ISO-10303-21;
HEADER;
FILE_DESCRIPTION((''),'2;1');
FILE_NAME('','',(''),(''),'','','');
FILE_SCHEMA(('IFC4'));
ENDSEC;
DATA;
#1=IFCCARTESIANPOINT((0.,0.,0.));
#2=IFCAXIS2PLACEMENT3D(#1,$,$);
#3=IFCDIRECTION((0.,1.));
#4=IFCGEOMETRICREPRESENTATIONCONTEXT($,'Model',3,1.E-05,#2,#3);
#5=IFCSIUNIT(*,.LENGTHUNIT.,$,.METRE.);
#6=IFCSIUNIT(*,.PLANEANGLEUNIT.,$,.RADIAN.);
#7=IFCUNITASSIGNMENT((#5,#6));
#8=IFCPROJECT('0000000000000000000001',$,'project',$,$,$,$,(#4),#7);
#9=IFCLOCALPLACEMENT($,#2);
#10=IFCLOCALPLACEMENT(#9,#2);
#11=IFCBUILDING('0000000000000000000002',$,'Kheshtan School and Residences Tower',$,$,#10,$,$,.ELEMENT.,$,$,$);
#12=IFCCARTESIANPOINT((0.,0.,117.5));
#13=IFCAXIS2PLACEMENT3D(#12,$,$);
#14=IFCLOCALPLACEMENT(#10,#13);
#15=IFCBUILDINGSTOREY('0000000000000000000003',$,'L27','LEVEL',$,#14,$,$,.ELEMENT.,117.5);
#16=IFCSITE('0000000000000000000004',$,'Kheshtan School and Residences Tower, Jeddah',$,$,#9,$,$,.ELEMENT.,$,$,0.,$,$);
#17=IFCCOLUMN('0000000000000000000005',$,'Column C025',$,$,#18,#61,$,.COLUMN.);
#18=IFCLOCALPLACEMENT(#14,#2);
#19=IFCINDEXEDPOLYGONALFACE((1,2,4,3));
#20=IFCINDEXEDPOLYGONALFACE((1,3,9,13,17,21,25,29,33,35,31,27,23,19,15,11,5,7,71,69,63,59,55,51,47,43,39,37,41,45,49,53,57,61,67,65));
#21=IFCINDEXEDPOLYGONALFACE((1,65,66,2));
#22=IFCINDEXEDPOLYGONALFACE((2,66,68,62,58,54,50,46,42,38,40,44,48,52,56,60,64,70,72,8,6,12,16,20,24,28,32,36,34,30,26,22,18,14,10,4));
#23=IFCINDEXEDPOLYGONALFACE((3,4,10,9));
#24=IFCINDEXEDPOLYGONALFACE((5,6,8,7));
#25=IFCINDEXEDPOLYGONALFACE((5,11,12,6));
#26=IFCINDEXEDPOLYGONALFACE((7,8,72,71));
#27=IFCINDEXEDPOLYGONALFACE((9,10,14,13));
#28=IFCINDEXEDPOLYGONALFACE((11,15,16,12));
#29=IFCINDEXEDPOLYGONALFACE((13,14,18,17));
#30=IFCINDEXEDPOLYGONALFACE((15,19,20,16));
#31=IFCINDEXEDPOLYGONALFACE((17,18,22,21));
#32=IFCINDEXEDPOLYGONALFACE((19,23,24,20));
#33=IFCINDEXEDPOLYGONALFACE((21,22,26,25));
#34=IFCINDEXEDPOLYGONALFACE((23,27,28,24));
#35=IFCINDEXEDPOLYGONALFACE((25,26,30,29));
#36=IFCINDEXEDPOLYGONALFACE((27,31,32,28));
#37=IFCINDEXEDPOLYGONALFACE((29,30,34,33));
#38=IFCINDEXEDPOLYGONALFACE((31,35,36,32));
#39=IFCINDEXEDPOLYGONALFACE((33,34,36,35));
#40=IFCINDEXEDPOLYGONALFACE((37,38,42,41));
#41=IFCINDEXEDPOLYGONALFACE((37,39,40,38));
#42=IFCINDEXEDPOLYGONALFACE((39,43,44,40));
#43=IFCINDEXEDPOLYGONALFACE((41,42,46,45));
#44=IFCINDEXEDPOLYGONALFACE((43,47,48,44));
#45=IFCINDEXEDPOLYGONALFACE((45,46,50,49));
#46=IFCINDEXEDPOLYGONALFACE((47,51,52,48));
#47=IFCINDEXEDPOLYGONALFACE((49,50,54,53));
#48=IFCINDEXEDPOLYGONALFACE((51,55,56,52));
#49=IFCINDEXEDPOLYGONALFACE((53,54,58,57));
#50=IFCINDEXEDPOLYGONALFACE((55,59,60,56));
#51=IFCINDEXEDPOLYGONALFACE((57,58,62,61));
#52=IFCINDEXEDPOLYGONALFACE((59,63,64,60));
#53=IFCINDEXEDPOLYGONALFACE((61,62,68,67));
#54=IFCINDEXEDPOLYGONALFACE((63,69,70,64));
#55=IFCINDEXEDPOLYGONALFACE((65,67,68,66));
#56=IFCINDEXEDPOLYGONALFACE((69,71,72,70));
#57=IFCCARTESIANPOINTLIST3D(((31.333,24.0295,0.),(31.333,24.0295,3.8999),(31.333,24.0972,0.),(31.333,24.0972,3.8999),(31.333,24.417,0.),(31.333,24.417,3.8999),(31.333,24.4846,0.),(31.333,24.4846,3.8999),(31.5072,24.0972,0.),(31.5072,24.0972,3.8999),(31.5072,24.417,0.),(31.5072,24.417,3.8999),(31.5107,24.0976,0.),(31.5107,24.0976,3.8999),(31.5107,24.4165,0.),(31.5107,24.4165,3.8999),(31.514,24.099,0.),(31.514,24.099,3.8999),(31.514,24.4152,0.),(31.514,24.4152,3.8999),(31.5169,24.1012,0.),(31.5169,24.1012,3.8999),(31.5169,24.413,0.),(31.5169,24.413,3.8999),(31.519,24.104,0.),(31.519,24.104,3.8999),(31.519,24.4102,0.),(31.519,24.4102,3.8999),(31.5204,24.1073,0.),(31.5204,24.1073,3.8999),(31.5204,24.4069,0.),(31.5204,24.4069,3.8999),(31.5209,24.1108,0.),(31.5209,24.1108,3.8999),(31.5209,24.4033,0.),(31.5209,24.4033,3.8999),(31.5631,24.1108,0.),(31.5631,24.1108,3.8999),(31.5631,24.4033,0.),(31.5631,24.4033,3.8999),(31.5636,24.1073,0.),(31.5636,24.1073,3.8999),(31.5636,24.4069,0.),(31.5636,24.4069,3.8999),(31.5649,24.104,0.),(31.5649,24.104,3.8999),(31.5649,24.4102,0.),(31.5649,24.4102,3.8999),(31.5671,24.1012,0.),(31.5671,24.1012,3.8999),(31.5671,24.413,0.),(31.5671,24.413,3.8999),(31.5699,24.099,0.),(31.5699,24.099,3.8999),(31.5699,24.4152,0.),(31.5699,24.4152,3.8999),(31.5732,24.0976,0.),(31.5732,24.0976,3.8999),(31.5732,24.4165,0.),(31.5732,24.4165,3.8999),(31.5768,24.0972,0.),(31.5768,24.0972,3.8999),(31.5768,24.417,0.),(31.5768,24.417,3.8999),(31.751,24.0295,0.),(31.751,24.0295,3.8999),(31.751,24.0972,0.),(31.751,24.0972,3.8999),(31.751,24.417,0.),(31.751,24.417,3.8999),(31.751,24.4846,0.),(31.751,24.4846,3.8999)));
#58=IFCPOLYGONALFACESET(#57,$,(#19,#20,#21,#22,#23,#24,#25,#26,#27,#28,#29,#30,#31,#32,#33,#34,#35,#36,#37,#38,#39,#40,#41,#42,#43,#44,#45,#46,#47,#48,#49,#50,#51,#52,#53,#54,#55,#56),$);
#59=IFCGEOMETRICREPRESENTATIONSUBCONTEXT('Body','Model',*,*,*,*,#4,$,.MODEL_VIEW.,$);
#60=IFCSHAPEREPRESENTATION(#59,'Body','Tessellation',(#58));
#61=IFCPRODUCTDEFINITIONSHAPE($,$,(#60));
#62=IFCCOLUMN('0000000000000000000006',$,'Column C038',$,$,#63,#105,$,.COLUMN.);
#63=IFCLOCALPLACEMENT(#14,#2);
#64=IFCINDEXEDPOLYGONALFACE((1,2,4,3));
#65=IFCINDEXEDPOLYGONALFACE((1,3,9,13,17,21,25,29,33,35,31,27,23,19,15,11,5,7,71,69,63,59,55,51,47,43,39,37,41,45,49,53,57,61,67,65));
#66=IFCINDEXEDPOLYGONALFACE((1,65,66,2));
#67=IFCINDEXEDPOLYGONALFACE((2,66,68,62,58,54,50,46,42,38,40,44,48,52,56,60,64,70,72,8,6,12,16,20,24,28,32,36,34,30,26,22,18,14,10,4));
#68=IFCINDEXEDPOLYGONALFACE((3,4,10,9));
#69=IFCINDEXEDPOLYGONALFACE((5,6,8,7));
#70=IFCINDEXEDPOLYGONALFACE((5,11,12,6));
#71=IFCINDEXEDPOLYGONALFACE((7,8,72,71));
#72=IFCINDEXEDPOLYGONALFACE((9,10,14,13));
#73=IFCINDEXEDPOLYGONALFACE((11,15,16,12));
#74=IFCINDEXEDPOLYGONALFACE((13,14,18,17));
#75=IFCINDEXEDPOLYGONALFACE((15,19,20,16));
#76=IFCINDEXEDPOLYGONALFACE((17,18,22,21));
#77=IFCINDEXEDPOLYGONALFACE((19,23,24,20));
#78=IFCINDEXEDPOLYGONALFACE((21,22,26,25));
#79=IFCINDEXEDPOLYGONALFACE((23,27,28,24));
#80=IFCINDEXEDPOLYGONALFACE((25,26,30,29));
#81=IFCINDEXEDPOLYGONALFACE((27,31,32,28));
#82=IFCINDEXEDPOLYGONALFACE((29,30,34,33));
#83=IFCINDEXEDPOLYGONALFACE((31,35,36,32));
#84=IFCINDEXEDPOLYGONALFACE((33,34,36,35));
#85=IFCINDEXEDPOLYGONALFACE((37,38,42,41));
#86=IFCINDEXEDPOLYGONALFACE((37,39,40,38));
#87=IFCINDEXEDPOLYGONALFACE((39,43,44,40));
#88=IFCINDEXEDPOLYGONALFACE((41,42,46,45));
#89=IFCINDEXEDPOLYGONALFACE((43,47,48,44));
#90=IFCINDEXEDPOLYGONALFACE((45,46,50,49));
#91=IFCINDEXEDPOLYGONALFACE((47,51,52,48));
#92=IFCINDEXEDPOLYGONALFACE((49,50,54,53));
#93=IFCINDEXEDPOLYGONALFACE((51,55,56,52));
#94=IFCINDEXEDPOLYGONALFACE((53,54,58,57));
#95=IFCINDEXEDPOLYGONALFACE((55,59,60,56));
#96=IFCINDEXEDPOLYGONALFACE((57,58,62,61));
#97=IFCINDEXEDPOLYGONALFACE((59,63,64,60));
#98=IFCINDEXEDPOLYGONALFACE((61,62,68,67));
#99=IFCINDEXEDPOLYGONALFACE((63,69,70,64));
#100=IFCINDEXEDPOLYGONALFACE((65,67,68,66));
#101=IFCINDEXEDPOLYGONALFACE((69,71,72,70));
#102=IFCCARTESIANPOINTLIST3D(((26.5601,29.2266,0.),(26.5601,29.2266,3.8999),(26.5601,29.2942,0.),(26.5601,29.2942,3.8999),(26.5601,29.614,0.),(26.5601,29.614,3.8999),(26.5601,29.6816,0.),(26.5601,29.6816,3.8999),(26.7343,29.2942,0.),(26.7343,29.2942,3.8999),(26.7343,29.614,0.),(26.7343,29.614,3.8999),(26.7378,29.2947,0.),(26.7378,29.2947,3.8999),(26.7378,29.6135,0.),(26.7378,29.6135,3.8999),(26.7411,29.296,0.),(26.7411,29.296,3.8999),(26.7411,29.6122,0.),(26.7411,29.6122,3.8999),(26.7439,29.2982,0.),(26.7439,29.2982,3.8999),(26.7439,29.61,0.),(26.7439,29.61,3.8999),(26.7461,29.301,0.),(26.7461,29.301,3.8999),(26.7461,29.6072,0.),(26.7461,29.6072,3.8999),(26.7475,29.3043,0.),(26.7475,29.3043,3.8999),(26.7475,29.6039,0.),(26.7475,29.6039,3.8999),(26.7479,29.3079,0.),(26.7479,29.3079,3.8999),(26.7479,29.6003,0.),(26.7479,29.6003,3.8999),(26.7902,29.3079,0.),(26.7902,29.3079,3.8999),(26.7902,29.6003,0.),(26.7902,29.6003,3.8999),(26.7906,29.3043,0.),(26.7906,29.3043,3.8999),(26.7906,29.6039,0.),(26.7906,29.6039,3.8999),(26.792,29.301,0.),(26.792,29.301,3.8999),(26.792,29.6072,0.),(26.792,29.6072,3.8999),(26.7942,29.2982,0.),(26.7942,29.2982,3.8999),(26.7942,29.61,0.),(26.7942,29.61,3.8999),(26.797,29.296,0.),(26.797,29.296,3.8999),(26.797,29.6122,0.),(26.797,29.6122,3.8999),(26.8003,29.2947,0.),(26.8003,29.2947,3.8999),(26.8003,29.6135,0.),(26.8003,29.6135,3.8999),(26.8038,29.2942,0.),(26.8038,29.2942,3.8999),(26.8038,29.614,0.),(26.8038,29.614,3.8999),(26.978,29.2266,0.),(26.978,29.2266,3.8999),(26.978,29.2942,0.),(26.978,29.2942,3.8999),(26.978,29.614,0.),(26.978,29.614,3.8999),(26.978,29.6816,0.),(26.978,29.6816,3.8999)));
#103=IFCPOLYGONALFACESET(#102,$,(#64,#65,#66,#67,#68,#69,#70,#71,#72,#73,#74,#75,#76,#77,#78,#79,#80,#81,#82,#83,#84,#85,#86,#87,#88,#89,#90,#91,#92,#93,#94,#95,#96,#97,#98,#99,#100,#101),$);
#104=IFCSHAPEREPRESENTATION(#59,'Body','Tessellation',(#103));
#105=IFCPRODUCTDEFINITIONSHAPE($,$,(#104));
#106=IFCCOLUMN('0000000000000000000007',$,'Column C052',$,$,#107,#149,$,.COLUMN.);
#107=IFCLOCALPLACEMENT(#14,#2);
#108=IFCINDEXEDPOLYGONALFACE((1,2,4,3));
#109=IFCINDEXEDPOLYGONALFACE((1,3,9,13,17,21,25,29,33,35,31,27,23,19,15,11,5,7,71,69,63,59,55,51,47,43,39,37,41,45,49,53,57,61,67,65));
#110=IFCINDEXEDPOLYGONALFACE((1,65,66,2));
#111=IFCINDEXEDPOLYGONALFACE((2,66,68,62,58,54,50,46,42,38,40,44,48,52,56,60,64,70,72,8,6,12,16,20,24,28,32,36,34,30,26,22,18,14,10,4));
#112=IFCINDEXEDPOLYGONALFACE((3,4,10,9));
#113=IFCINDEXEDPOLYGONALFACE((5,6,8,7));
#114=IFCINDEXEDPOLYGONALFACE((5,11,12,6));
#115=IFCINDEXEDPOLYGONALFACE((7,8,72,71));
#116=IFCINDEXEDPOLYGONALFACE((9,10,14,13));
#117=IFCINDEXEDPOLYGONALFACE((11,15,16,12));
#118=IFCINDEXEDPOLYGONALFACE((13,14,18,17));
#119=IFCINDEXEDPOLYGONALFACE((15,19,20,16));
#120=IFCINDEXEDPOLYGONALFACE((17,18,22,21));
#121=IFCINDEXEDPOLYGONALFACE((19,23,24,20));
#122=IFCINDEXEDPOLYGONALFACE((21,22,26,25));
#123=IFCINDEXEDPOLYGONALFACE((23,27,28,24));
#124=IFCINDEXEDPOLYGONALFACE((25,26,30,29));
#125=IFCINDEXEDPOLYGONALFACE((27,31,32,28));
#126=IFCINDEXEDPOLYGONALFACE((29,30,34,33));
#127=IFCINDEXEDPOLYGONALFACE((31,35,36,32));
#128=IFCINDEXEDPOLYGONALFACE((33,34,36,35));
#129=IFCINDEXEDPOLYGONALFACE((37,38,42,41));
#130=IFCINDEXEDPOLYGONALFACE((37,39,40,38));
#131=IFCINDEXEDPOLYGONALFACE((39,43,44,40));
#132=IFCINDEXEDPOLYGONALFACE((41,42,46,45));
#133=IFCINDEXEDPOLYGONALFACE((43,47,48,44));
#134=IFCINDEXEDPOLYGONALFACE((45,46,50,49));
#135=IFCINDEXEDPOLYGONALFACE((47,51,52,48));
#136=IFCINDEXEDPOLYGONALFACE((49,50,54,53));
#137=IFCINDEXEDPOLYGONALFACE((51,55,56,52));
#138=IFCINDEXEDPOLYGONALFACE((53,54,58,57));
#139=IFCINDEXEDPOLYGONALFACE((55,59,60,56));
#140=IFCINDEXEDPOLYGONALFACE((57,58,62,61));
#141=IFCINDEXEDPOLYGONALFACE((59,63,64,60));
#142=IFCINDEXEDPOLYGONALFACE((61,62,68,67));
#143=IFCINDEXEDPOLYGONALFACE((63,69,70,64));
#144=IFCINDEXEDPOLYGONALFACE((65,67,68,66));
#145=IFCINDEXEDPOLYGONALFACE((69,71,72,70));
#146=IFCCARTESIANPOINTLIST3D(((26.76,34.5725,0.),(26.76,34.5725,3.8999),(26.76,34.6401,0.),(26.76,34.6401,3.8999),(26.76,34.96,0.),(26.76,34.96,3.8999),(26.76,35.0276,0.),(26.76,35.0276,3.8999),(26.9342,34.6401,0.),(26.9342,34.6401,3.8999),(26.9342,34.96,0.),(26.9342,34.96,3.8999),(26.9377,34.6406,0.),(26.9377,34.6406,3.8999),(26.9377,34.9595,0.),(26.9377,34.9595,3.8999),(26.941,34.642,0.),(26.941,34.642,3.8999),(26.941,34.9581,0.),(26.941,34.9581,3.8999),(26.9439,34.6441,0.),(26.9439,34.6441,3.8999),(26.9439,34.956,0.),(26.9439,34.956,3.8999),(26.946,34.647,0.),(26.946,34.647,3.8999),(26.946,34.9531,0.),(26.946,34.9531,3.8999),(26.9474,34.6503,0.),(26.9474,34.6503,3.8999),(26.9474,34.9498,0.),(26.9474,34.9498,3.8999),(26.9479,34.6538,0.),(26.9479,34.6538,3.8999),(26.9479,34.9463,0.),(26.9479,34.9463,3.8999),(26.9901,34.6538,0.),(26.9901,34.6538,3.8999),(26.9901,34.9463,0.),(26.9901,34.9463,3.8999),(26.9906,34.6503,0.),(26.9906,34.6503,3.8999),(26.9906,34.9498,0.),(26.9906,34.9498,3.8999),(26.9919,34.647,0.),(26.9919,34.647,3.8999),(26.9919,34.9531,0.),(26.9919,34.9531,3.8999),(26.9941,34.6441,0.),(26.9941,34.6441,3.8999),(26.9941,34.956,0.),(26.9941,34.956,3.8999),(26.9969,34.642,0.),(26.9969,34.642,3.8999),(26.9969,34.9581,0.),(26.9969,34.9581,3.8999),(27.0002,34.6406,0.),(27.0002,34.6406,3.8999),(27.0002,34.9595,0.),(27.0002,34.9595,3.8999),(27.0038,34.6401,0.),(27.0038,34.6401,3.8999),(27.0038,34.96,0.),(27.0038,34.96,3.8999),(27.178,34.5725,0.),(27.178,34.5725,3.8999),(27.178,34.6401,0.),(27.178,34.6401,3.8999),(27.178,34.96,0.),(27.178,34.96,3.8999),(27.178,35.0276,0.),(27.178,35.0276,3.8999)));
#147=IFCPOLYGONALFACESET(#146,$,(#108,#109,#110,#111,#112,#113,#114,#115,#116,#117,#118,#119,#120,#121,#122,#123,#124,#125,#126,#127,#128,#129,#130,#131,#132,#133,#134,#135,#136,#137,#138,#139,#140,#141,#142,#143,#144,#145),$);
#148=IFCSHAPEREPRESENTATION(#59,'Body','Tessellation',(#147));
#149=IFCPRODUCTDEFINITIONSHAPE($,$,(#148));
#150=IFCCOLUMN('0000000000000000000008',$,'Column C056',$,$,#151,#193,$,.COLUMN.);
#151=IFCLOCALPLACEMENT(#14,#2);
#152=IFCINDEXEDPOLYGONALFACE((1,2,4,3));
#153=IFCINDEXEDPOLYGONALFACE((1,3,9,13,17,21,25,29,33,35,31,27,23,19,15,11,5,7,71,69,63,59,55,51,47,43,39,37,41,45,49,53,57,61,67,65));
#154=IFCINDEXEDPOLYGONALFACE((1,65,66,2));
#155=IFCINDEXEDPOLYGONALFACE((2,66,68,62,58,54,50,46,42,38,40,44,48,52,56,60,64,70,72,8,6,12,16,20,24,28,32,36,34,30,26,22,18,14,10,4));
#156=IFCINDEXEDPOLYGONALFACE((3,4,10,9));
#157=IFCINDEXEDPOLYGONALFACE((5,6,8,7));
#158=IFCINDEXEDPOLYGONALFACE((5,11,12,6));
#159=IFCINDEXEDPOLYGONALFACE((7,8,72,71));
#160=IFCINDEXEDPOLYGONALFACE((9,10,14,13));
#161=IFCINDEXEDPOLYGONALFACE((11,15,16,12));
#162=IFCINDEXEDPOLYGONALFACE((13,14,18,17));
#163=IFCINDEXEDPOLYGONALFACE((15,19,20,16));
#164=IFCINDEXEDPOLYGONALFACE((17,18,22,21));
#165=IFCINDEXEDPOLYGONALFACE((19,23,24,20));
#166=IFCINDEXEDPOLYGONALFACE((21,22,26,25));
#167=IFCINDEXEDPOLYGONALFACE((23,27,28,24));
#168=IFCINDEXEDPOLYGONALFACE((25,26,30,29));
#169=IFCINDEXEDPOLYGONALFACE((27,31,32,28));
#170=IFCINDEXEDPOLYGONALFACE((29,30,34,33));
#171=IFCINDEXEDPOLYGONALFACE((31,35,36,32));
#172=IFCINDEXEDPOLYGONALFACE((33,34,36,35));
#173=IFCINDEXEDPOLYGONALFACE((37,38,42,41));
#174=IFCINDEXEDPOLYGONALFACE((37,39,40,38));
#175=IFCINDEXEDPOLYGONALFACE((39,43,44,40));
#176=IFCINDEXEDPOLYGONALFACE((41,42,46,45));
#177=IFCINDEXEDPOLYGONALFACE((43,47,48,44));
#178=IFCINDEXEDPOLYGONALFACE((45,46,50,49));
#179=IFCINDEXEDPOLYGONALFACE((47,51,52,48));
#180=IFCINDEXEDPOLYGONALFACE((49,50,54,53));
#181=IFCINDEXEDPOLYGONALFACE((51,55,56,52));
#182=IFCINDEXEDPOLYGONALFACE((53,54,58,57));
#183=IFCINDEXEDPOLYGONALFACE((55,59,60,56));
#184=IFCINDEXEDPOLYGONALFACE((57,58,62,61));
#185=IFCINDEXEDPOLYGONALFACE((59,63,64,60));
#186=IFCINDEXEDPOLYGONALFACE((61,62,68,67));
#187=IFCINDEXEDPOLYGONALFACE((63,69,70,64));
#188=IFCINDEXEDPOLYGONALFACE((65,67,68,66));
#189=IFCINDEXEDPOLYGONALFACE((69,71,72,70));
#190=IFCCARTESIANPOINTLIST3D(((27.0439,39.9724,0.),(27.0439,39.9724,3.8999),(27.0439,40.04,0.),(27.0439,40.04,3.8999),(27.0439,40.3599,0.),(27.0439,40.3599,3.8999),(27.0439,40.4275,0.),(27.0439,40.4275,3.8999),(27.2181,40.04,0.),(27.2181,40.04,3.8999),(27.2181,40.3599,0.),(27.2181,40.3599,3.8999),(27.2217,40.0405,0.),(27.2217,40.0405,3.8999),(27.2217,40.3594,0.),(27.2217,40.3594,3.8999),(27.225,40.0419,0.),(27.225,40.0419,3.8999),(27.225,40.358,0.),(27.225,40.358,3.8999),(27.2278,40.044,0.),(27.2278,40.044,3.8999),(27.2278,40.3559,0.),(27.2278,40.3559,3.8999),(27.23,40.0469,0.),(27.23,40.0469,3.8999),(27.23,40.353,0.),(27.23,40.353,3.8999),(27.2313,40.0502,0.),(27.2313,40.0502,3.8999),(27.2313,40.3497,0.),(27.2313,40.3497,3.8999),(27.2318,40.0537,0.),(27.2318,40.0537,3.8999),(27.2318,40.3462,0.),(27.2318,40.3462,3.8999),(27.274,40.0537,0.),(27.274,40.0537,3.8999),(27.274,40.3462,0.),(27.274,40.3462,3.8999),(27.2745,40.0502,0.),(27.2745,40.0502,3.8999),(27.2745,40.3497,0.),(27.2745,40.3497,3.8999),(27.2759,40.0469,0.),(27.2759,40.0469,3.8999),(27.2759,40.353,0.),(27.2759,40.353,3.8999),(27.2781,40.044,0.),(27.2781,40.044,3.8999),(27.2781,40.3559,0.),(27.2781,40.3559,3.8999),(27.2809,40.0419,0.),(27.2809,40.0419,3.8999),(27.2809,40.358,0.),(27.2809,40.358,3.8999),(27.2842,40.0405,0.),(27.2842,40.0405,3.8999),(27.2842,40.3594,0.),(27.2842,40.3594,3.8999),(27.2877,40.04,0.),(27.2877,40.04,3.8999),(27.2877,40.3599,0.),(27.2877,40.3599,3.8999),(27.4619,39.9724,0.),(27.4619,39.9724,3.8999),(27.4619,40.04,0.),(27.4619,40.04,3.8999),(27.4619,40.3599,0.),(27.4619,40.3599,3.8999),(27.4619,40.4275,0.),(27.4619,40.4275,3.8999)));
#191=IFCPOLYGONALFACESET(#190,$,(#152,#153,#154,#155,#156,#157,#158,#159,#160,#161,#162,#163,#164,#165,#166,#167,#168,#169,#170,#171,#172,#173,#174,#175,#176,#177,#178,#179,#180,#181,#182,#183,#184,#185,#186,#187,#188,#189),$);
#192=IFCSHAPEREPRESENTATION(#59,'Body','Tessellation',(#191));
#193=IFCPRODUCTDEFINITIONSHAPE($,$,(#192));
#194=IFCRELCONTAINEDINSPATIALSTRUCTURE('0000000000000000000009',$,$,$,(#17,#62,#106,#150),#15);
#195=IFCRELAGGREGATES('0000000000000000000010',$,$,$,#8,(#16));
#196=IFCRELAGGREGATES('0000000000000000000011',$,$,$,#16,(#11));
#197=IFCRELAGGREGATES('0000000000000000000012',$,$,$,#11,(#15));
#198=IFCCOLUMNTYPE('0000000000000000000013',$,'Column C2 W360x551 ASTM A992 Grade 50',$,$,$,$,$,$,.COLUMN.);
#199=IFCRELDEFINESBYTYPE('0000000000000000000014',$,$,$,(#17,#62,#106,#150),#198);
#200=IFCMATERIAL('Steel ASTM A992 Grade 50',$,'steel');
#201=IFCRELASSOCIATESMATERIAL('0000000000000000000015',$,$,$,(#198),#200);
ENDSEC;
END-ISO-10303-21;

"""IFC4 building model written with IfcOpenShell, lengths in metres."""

from ifc_helpers import new_model, si_unit, direction, frame, origin, origin_2d, place, context, subcontext, project, spatial, i_section, extrude, material, material_profile, profile_set, type_object, element, save


model = new_model("IFC4")

# Units and contexts
model_context = context("Model", 3, precision=1e-05, world=origin(), true_north=direction((0.0, 1.0)))
body_context = subcontext(model_context, "Body", "Model", "MODEL_VIEW")
ifc_project = project(units=[si_unit("LENGTHUNIT", "METRE"), si_unit("PLANEANGLEUNIT", "RADIAN")], contexts=[model_context])

# Site, building, storey
site_placement = place(None, origin())
site = spatial("IfcSite", under=ifc_project, at=site_placement, Name="Kheshtan School and Residences Tower, Jeddah", CompositionType="ELEMENT", RefElevation=0.0)
building_placement = place(site_placement, origin())
building = spatial("IfcBuilding", under=site, at=building_placement, Name="Kheshtan School and Residences Tower", CompositionType="ELEMENT")
storey_placement = place(building_placement, frame((0.0, 0.0, 117.5)))
storey = spatial("IfcBuildingStorey", under=building, at=storey_placement, Name="L27", Description="LEVEL", CompositionType="ELEMENT", Elevation=117.5)

# Columns
ifc_material_1 = material(Name="Steel ASTM A992 Grade 50", Category="steel")
ifc_material_profile_1 = material_profile(ifc_material_1, i_section(OverallWidth=0.418, OverallDepth=0.4551, WebThickness=0.0422, FlangeThickness=0.0676, FilletRadius=0.0137, at=origin_2d()), Name="W360x551")
ifc_profile_set_1 = profile_set([ifc_material_profile_1], Name="Steel ASTM A992 Grade 50")
column_type = type_object("IfcColumnType", Name="Column C2 W360x551 ASTM A992 Grade 50", PredefinedType="COLUMN", material=ifc_profile_set_1)
for number, where, z_axis, x_axis, name in (
    (1, (31.542, 24.2571, 0.0), (0.0, 0.0, 1.0), (1.0, 0.0, 0.0), "Column C025"),
    (2, (26.769, 29.4541, 0.0), (0.0, 0.0, 1.0), (1.0, 0.0, 0.0), "Column C038"),
    (3, (26.969, 34.8, 0.0), (0.0, 0.0, 1.0), (1.0, 0.0, 0.0), "Column C052"),
    (4, (27.2529, 40.2, 0.0), (0.0, 0.0, 1.0), (1.0, 0.0, 0.0), "Column C056"),
):
    element("IfcColumn", number, at=place(storey_placement, frame(where, z_axis=z_axis, x_axis=x_axis)), inside=storey, type_object=column_type, Name=name, PredefinedType="COLUMN", context=body_context, shape_type="SweptSolid", body=[
        extrude(i_section(OverallWidth=0.418, OverallDepth=0.4551, WebThickness=0.0422, FlangeThickness=0.0676, FilletRadius=0.0137, at=origin_2d()), origin(), (0.0, 0.0, 1.0), 3.8999),
    ])

save(model, "model.ifc")
